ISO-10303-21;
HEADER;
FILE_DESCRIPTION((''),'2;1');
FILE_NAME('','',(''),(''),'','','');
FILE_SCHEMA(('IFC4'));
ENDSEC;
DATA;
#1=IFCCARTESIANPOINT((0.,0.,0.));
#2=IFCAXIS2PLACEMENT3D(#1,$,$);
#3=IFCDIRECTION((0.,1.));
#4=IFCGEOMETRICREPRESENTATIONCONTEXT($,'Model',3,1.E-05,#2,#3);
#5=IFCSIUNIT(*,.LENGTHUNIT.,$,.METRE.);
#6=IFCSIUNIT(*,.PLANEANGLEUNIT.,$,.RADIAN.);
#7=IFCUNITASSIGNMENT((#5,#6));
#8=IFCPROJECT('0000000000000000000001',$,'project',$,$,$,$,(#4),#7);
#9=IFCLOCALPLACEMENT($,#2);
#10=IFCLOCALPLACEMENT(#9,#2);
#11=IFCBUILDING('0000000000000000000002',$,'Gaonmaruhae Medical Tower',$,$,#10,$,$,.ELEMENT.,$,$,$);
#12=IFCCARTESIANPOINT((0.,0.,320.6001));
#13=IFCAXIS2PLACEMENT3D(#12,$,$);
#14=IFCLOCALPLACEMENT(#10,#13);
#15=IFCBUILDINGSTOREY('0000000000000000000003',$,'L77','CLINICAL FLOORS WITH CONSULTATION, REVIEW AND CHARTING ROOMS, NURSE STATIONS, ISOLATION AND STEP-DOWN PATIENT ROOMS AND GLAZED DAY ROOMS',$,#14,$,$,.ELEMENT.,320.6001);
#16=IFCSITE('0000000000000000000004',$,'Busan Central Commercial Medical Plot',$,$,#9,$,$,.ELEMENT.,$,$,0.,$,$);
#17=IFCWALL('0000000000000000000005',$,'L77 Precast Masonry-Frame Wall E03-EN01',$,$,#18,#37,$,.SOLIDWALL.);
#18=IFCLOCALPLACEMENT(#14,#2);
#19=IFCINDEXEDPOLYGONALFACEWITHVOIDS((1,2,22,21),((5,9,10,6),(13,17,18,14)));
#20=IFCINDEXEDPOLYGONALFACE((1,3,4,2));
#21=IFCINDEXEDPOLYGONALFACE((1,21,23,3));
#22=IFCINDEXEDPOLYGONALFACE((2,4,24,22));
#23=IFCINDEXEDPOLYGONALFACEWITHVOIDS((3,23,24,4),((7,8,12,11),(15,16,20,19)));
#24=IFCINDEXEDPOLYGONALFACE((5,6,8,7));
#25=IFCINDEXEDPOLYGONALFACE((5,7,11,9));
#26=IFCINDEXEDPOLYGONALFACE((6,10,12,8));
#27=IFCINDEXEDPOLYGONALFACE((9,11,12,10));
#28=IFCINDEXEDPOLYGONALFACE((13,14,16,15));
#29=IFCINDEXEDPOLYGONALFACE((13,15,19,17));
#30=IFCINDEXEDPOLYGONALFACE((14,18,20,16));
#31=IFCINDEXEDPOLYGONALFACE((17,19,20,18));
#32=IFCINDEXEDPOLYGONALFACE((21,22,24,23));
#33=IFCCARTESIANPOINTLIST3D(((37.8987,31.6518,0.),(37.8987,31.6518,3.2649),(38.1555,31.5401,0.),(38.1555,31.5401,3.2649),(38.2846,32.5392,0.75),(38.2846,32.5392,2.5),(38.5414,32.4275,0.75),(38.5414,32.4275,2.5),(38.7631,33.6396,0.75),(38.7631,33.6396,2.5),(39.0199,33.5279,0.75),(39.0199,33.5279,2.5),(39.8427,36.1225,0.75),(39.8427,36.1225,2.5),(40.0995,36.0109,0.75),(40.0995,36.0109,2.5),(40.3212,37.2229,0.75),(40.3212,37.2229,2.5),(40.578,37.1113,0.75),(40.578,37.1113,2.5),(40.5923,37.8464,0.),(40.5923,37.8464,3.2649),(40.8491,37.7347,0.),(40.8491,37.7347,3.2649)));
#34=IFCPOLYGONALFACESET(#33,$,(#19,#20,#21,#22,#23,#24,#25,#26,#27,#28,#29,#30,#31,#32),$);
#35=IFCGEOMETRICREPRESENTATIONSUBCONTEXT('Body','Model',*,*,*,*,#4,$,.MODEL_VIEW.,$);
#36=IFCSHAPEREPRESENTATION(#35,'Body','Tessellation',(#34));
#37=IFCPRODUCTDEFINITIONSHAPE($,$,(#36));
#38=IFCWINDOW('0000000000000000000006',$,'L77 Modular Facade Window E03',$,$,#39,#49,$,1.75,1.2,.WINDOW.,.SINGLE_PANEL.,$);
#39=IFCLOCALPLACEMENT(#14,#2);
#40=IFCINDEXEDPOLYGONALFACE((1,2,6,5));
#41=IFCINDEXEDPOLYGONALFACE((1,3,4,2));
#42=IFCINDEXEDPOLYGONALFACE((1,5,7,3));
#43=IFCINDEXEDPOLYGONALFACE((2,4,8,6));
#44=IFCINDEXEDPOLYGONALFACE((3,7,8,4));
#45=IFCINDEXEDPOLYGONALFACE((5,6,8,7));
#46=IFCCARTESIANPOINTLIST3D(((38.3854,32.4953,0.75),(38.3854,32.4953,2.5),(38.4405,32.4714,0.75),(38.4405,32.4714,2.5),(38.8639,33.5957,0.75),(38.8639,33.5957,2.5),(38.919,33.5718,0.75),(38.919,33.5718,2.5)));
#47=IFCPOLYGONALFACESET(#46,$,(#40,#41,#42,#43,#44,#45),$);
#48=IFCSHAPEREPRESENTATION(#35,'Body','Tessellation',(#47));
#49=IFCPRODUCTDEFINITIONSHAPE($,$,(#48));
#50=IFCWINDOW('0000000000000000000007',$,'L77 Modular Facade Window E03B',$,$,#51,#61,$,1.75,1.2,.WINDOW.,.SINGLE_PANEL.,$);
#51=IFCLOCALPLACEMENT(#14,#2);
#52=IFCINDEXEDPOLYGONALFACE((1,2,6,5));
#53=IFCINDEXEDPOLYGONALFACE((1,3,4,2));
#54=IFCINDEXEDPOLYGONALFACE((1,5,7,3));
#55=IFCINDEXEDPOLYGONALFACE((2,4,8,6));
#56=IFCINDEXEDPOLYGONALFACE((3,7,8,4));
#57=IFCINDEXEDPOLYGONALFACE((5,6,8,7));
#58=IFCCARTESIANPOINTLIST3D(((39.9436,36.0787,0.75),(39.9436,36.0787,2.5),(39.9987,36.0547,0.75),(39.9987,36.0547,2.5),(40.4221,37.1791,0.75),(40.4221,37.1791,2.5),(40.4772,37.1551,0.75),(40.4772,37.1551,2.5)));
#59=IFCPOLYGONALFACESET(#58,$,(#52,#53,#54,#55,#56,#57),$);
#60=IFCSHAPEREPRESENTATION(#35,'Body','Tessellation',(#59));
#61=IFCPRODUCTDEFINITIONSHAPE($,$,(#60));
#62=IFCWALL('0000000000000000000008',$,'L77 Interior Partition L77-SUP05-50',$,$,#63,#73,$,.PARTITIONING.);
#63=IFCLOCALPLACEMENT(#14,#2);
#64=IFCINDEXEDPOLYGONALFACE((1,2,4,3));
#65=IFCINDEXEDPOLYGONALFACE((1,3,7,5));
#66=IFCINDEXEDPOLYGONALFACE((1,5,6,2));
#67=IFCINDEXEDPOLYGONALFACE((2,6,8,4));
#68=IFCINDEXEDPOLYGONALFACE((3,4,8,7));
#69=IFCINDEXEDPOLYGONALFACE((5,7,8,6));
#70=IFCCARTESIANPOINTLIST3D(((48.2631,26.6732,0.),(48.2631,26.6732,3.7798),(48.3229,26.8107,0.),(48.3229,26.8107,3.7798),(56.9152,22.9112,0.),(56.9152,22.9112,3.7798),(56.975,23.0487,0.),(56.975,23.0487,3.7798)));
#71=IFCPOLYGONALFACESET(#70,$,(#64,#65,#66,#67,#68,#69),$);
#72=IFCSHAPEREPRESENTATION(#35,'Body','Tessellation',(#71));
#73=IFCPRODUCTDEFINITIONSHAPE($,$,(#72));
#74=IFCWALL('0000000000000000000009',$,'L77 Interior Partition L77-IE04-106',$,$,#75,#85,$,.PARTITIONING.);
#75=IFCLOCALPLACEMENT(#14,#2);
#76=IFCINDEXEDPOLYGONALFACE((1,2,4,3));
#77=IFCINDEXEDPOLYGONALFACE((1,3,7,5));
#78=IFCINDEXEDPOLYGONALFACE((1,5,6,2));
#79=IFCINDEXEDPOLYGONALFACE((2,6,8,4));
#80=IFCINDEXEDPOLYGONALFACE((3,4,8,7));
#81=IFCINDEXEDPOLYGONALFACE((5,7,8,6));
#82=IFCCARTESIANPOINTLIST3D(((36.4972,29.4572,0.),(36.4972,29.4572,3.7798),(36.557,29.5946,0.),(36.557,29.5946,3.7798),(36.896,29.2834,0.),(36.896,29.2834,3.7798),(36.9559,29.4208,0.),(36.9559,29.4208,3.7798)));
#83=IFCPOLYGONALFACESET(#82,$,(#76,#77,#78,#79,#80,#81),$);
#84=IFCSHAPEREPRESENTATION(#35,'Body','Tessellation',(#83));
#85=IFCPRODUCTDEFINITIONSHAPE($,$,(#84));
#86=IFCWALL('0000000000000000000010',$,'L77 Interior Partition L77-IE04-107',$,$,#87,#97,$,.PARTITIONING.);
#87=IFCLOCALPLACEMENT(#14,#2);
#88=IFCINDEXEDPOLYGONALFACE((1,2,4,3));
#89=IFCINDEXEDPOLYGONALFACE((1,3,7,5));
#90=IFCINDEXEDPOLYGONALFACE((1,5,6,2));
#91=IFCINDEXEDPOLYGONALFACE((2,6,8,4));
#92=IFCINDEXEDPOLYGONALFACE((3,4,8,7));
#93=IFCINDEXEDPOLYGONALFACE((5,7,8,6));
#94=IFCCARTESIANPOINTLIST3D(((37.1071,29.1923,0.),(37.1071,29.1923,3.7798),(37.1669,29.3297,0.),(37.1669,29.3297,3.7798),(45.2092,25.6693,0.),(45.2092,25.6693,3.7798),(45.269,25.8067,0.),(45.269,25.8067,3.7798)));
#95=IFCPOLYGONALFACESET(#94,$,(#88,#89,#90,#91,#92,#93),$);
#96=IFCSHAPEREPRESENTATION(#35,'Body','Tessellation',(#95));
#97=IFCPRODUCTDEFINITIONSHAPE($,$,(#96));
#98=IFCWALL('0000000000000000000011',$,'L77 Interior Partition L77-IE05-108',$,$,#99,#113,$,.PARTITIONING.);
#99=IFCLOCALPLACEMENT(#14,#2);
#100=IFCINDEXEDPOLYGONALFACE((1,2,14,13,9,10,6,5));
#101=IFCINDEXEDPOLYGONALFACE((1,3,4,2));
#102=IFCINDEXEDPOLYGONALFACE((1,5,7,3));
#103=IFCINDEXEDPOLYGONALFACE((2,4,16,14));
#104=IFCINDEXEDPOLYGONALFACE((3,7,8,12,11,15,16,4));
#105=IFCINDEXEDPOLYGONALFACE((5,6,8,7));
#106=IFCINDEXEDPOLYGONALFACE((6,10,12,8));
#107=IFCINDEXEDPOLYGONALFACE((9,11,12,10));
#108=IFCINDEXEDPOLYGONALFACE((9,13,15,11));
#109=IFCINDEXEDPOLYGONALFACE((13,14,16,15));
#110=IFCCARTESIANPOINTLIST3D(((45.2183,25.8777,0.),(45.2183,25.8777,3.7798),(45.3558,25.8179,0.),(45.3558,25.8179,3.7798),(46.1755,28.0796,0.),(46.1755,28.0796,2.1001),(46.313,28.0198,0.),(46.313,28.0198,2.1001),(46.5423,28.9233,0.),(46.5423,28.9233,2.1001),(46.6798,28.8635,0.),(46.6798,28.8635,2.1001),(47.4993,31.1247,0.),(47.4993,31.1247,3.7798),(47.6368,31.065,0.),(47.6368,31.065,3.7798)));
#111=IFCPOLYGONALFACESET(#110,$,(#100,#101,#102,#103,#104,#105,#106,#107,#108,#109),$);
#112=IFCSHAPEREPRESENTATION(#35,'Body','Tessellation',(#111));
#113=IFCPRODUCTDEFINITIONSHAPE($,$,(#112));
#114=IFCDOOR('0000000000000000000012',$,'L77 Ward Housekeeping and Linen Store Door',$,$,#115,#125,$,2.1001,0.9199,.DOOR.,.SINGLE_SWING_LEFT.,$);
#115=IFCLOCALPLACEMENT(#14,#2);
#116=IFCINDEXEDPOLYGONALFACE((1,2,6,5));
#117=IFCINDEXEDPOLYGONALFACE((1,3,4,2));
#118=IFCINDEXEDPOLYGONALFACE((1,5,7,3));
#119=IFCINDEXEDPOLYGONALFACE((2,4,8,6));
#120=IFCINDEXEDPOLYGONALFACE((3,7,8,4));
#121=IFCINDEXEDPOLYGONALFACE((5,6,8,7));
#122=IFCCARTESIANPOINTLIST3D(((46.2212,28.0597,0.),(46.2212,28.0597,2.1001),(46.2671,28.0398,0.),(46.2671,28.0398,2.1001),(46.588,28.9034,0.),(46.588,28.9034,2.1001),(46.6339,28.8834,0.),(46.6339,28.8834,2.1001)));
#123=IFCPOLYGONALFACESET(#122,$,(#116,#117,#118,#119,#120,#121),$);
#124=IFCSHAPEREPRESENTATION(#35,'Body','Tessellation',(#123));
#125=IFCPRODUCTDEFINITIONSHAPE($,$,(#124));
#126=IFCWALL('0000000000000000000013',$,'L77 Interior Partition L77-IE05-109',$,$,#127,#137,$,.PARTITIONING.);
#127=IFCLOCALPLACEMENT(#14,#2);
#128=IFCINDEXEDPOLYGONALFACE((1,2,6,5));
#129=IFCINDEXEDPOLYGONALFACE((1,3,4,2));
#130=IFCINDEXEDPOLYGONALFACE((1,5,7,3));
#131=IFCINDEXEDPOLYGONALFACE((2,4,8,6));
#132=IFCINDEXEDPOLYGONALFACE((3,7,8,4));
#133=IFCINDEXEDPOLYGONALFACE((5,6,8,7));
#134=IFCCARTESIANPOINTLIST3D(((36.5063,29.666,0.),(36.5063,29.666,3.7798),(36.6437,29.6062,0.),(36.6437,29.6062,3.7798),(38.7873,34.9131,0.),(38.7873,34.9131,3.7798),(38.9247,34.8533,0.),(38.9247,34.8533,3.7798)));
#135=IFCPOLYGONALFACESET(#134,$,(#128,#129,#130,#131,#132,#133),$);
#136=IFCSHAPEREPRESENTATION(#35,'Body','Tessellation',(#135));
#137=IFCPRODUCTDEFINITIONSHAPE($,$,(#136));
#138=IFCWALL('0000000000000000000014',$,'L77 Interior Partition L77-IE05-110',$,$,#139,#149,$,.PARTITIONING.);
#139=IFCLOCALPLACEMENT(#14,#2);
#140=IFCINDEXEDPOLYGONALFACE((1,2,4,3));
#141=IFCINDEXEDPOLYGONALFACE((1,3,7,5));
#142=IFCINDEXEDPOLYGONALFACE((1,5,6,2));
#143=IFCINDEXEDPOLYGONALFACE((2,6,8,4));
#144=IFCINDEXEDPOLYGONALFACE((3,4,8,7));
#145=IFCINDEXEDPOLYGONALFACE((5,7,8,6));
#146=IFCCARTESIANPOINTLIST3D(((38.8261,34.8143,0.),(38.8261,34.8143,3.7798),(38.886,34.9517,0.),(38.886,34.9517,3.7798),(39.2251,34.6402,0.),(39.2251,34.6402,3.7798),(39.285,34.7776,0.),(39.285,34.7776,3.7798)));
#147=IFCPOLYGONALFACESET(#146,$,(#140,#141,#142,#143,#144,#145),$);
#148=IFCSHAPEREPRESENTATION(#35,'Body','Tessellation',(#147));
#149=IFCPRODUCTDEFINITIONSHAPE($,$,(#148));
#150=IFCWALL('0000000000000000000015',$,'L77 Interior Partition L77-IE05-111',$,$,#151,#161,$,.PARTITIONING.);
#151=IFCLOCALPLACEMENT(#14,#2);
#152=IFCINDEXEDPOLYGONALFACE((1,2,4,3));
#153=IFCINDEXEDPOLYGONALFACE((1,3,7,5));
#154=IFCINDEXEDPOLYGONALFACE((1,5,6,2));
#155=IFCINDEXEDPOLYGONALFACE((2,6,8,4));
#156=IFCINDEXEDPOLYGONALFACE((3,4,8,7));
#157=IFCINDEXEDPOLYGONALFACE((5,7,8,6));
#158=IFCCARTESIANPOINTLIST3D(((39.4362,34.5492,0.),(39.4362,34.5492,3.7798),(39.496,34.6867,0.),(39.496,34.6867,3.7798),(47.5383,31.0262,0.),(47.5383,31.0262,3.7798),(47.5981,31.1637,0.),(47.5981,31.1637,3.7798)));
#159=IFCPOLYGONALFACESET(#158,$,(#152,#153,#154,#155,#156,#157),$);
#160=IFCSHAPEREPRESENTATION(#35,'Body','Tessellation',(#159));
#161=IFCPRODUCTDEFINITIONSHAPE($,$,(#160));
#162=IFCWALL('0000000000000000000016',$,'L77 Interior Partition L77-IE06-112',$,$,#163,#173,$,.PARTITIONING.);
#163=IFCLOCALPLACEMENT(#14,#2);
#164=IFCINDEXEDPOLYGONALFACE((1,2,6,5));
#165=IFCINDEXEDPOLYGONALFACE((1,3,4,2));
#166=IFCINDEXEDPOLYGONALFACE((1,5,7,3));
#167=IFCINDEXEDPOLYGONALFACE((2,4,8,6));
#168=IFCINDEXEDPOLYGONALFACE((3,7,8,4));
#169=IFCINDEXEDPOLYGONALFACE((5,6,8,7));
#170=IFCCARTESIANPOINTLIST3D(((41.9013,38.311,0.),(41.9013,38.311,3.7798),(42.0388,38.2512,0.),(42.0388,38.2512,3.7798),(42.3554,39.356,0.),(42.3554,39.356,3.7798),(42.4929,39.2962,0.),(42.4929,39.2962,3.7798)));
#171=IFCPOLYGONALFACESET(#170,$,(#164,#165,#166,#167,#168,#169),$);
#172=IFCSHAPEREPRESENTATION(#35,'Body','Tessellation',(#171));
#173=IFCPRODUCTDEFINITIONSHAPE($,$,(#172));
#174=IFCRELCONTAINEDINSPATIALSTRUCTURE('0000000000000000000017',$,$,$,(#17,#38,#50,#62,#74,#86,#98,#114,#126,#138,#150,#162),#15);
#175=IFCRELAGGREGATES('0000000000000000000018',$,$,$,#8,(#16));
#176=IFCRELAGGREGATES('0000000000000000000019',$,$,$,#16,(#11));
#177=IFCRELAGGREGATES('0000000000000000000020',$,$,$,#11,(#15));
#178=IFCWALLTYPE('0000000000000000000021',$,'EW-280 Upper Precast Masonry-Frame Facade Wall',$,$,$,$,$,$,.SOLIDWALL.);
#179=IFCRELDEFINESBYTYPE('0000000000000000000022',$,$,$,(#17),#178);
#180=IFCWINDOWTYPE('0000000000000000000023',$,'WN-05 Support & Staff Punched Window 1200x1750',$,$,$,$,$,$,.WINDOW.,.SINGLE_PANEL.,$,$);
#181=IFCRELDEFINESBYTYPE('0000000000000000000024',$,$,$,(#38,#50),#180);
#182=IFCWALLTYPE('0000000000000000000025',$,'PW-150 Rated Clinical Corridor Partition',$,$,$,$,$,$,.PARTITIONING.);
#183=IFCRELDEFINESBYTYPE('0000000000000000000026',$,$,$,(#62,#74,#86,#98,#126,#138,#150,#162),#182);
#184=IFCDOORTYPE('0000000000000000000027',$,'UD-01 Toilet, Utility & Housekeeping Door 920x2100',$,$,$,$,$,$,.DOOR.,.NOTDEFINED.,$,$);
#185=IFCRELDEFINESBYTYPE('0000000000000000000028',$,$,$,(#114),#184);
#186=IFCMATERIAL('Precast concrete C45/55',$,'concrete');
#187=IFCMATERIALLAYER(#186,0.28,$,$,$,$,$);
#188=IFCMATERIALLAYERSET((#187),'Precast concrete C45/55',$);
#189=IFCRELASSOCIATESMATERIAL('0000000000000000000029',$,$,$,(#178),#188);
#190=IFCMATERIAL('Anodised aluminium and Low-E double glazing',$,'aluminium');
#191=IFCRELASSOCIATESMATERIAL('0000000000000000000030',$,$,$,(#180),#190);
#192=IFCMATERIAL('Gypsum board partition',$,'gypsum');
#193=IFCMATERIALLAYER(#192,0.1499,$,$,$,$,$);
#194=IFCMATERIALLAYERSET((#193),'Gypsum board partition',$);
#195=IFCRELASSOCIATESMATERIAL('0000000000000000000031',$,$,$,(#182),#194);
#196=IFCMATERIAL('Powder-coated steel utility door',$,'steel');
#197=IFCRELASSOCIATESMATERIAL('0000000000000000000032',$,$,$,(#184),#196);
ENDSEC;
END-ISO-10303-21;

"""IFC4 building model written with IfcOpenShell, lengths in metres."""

from ifc_helpers import new_model, si_unit, direction, frame, frame_2d, origin, place, context, subcontext, project, spatial, rectangle, extrude, material, layer, layer_set, type_object, element, fill, save


model = new_model("IFC4")

# Units and contexts
model_context = context("Model", 3, precision=1e-05, world=origin(), true_north=direction((0.0, 1.0)))
body_context = subcontext(model_context, "Body", "Model", "MODEL_VIEW")
ifc_project = project(units=[si_unit("LENGTHUNIT", "METRE"), si_unit("PLANEANGLEUNIT", "RADIAN")], contexts=[model_context])

# Site, building, storey
site_placement = place(None, origin())
site = spatial("IfcSite", under=ifc_project, at=site_placement, Name="Busan Central Commercial Medical Plot", CompositionType="ELEMENT", RefElevation=0.0)
building_placement = place(site_placement, origin())
building = spatial("IfcBuilding", under=site, at=building_placement, Name="Gaonmaruhae Medical Tower", CompositionType="ELEMENT")
storey_placement = place(building_placement, frame((0.0, 0.0, 320.6001)))
storey = spatial("IfcBuildingStorey", under=building, at=storey_placement, Name="L77", Description="CLINICAL FLOORS WITH CONSULTATION, REVIEW AND CHARTING ROOMS, NURSE STATIONS, ISOLATION AND STEP-DOWN PATIENT ROOMS AND GLAZED DAY ROOMS", CompositionType="ELEMENT", Elevation=320.6001)

# Shared definitions
ifc_material_1 = material(Name="Precast concrete C45/55", Category="concrete")
ifc_layer_1 = layer(ifc_material_1, 0.28)
ifc_layer_set_1 = layer_set([ifc_layer_1], Name="Precast concrete C45/55")
wall_type_1 = type_object("IfcWallType", Name="EW-280 Upper Precast Masonry-Frame Facade Wall", PredefinedType="SOLIDWALL", material=ifc_layer_set_1)

# Wall, openings, windows
wall_1_placement = place(storey_placement, frame((38.0271, 31.5959, 0.0), z_axis=(0.0, 0.0, 1.0), x_axis=(0.398764, 0.917053, 0.0)))
wall_1 = element("IfcWall", 1, at=wall_1_placement, inside=storey, type_object=wall_type_1, Name="L77 Precast Masonry-Frame Wall E03-EN01", PredefinedType="SOLIDWALL", context=body_context, shape_type="SweptSolid", body=[
    extrude(rectangle(XDim=6.7549, YDim=0.28, at=frame_2d((3.3774, 0.0))), origin(), (0.0, 0.0, 1.0), 3.2649),
])
opening_1_placement = place(wall_1_placement, frame((0.9675, 0.0, 0.75)))
opening_1 = element("IfcOpeningElement", 2, at=opening_1_placement, cuts=wall_1, PredefinedType="OPENING", context=body_context, shape_type="SweptSolid", body=[
    extrude(rectangle(XDim=1.2, YDim=1.75, at=frame_2d((0.6001, 0.875))), frame((0.0, 0.1499, 0.0), z_axis=(0.0, -1.0, 0.0), x_axis=(1.0, 0.0, 0.0)), (0.0, 0.0, 1.0), 0.3),
])
opening_2_placement = place(wall_1_placement, frame((4.875, 0.0, 0.75)))
opening_2 = element("IfcOpeningElement", 3, at=opening_2_placement, cuts=wall_1, PredefinedType="OPENING", context=body_context, shape_type="SweptSolid", body=[
    extrude(rectangle(XDim=1.2, YDim=1.75, at=frame_2d((0.6001, 0.875))), frame((0.0, 0.1499, 0.0), z_axis=(0.0, -1.0, 0.0), x_axis=(1.0, 0.0, 0.0)), (0.0, 0.0, 1.0), 0.3),
])
ifc_material_2 = material(Name="Anodised aluminium and Low-E double glazing", Category="aluminium")
window_type = type_object("IfcWindowType", Name="WN-05 Support & Staff Punched Window 1200x1750", PartitioningType="SINGLE_PANEL", PredefinedType="WINDOW", material=ifc_material_2)
window_1_placement = place(opening_1_placement, origin())
window_1 = element("IfcWindow", 4, at=window_1_placement, inside=storey, type_object=window_type, Name="L77 Modular Facade Window E03", OverallHeight=1.75, OverallWidth=1.2, PartitioningType="SINGLE_PANEL", PredefinedType="WINDOW", context=body_context, shape_type="SweptSolid", body=[
    extrude(rectangle(XDim=1.2, YDim=1.75, at=frame_2d((0.6001, 0.875))), frame((0.0, 0.03, 0.0), z_axis=(0.0, -1.0, 0.0), x_axis=(1.0, 0.0, 0.0)), (0.0, 0.0, 1.0), 0.0601),
])
fill(opening_1, window_1)
window_2_placement = place(opening_2_placement, origin())
window_2 = element("IfcWindow", 5, at=window_2_placement, inside=storey, type_object=window_type, Name="L77 Modular Facade Window E03B", OverallHeight=1.75, OverallWidth=1.2, PartitioningType="SINGLE_PANEL", PredefinedType="WINDOW", context=body_context, shape_type="SweptSolid", body=[
    extrude(rectangle(XDim=1.2, YDim=1.75, at=frame_2d((0.6001, 0.875))), frame((0.0, 0.03, 0.0), z_axis=(0.0, -1.0, 0.0), x_axis=(1.0, 0.0, 0.0)), (0.0, 0.0, 1.0), 0.0601),
])
fill(opening_2, window_2)

# Wall
ifc_material_3 = material(Name="Gypsum board partition", Category="gypsum")
ifc_layer_2 = layer(ifc_material_3, 0.1499)
ifc_layer_set_2 = layer_set([ifc_layer_2], Name="Gypsum board partition")
wall_type_2 = type_object("IfcWallType", Name="PW-150 Rated Clinical Corridor Partition", PredefinedType="PARTITIONING", material=ifc_layer_set_2)
wall_2_placement = place(storey_placement, frame((48.293, 26.7419, 0.0), z_axis=(0.0, 0.0, 1.0), x_axis=(0.917063, -0.398742, 0.0)))
element("IfcWall", 6, at=wall_2_placement, inside=storey, type_object=wall_type_2, Name="L77 Interior Partition L77-SUP05-50", PredefinedType="PARTITIONING", context=body_context, shape_type="SweptSolid", body=[
    extrude(rectangle(XDim=9.4346, YDim=0.1499, at=frame_2d((4.7173, 0.0))), origin(), (0.0, 0.0, 1.0), 3.7798),
])

# Walls
wall_3_placement = place(storey_placement, frame((36.5271, 29.5259, 0.0), z_axis=(0.0, 0.0, 1.0), x_axis=(0.916749, -0.399465, 0.0)))
element("IfcWall", 7, at=wall_3_placement, inside=storey, type_object=wall_type_2, Name="L77 Interior Partition L77-IE04-106", PredefinedType="PARTITIONING", context=body_context, shape_type="SweptSolid", body=[
    extrude(rectangle(XDim=0.4351, YDim=0.1499, at=frame_2d((0.2175, 0.0))), origin(), (0.0, 0.0, 1.0), 3.7798),
])
wall_4_placement = place(storey_placement, frame((37.137, 29.261, 0.0), z_axis=(0.0, 0.0, 1.0), x_axis=(0.917057, -0.398756, 0.0)))
element("IfcWall", 8, at=wall_4_placement, inside=storey, type_object=wall_type_2, Name="L77 Interior Partition L77-IE04-107", PredefinedType="PARTITIONING", context=body_context, shape_type="SweptSolid", body=[
    extrude(rectangle(XDim=8.835, YDim=0.1499, at=frame_2d((4.4175, 0.0))), origin(), (0.0, 0.0, 1.0), 3.7798),
])

# Wall, opening, door
wall_5_placement = place(storey_placement, frame((47.5681, 31.095, 0.0), z_axis=(0.0, 0.0, 1.0), x_axis=(-0.398678, -0.917091, 0.0)))
wall_5 = element("IfcWall", 9, at=wall_5_placement, inside=storey, type_object=wall_type_2, Name="L77 Interior Partition L77-IE05-108", PredefinedType="PARTITIONING", context=body_context, shape_type="SweptSolid", body=[
    extrude(rectangle(XDim=5.7214, YDim=0.1499, at=frame_2d((2.8608, 0.0))), origin(), (0.0, 0.0, 1.0), 3.7798),
])
opening_3_placement = place(wall_5_placement, frame((2.4006, 0.0, 0.0)))
opening_3 = element("IfcOpeningElement", 10, at=opening_3_placement, cuts=wall_5, PredefinedType="OPENING", context=body_context, shape_type="SweptSolid", body=[
    extrude(rectangle(XDim=0.9199, YDim=2.1001, at=frame_2d((0.46, 1.05))), frame((0.0, 0.085, 0.0), z_axis=(0.0, -1.0, 0.0), x_axis=(1.0, 0.0, 0.0)), (0.0, 0.0, 1.0), 0.1699),
])
ifc_material_4 = material(Name="Powder-coated steel utility door", Category="steel")
door_type_1 = type_object("IfcDoorType", Name="UD-01 Toilet, Utility & Housekeeping Door 920x2100", OperationType="NOTDEFINED", PredefinedType="DOOR", material=ifc_material_4)
door_1_placement = place(opening_3_placement, origin())
door_1 = element("IfcDoor", 11, at=door_1_placement, inside=storey, type_object=door_type_1, Name="L77 Ward Housekeeping and Linen Store Door", OperationType="SINGLE_SWING_LEFT", OverallHeight=2.1001, OverallWidth=0.9199, PredefinedType="DOOR", context=body_context, shape_type="SweptSolid", body=[
    extrude(rectangle(XDim=0.9199, YDim=2.1001, at=frame_2d((0.46, 1.05))), frame((0.0, 0.0249, 0.0), z_axis=(0.0, -1.0, 0.0), x_axis=(1.0, 0.0, 0.0)), (0.0, 0.0, 1.0), 0.05),
])
fill(opening_3, door_1)

# Walls
wall_6_placement = place(storey_placement, frame((36.575, 29.636, 0.0), z_axis=(0.0, 0.0, 1.0), x_axis=(0.398678, 0.917091, 0.0)))
element("IfcWall", 12, at=wall_6_placement, inside=storey, type_object=wall_type_2, Name="L77 Interior Partition L77-IE05-109", PredefinedType="PARTITIONING", context=body_context, shape_type="SweptSolid", body=[
    extrude(rectangle(XDim=5.7214, YDim=0.1499, at=frame_2d((2.8608, 0.0))), origin(), (0.0, 0.0, 1.0), 3.7798),
])
wall_7_placement = place(storey_placement, frame((38.856, 34.8831, 0.0), z_axis=(0.0, 0.0, 1.0), x_axis=(0.916543, -0.399936, 0.0)))
element("IfcWall", 13, at=wall_7_placement, inside=storey, type_object=wall_type_2, Name="L77 Interior Partition L77-IE05-110", PredefinedType="PARTITIONING", context=body_context, shape_type="SweptSolid", body=[
    extrude(rectangle(XDim=0.4353, YDim=0.1499, at=frame_2d((0.2178, 0.0))), origin(), (0.0, 0.0, 1.0), 3.7798),
])
wall_8_placement = place(storey_placement, frame((39.4661, 34.6179, 0.0), z_axis=(0.0, 0.0, 1.0), x_axis=(0.917057, -0.398756, 0.0)))
element("IfcWall", 14, at=wall_8_placement, inside=storey, type_object=wall_type_2, Name="L77 Interior Partition L77-IE05-111", PredefinedType="PARTITIONING", context=body_context, shape_type="SweptSolid", body=[
    extrude(rectangle(XDim=8.835, YDim=0.1499, at=frame_2d((4.4175, 0.0))), origin(), (0.0, 0.0, 1.0), 3.7798),
])
wall_9_placement = place(storey_placement, frame((41.97, 38.281, 0.0), z_axis=(0.0, 0.0, 1.0), x_axis=(0.398569, 0.917138, 0.0)))
element("IfcWall", 15, at=wall_9_placement, inside=storey, type_object=wall_type_2, Name="L77 Interior Partition L77-IE06-112", PredefinedType="PARTITIONING", context=body_context, shape_type="SweptSolid", body=[
    extrude(rectangle(XDim=1.1394, YDim=0.1499, at=frame_2d((0.5698, 0.0))), origin(), (0.0, 0.0, 1.0), 3.7798),
])

save(model, "model.ifc")
